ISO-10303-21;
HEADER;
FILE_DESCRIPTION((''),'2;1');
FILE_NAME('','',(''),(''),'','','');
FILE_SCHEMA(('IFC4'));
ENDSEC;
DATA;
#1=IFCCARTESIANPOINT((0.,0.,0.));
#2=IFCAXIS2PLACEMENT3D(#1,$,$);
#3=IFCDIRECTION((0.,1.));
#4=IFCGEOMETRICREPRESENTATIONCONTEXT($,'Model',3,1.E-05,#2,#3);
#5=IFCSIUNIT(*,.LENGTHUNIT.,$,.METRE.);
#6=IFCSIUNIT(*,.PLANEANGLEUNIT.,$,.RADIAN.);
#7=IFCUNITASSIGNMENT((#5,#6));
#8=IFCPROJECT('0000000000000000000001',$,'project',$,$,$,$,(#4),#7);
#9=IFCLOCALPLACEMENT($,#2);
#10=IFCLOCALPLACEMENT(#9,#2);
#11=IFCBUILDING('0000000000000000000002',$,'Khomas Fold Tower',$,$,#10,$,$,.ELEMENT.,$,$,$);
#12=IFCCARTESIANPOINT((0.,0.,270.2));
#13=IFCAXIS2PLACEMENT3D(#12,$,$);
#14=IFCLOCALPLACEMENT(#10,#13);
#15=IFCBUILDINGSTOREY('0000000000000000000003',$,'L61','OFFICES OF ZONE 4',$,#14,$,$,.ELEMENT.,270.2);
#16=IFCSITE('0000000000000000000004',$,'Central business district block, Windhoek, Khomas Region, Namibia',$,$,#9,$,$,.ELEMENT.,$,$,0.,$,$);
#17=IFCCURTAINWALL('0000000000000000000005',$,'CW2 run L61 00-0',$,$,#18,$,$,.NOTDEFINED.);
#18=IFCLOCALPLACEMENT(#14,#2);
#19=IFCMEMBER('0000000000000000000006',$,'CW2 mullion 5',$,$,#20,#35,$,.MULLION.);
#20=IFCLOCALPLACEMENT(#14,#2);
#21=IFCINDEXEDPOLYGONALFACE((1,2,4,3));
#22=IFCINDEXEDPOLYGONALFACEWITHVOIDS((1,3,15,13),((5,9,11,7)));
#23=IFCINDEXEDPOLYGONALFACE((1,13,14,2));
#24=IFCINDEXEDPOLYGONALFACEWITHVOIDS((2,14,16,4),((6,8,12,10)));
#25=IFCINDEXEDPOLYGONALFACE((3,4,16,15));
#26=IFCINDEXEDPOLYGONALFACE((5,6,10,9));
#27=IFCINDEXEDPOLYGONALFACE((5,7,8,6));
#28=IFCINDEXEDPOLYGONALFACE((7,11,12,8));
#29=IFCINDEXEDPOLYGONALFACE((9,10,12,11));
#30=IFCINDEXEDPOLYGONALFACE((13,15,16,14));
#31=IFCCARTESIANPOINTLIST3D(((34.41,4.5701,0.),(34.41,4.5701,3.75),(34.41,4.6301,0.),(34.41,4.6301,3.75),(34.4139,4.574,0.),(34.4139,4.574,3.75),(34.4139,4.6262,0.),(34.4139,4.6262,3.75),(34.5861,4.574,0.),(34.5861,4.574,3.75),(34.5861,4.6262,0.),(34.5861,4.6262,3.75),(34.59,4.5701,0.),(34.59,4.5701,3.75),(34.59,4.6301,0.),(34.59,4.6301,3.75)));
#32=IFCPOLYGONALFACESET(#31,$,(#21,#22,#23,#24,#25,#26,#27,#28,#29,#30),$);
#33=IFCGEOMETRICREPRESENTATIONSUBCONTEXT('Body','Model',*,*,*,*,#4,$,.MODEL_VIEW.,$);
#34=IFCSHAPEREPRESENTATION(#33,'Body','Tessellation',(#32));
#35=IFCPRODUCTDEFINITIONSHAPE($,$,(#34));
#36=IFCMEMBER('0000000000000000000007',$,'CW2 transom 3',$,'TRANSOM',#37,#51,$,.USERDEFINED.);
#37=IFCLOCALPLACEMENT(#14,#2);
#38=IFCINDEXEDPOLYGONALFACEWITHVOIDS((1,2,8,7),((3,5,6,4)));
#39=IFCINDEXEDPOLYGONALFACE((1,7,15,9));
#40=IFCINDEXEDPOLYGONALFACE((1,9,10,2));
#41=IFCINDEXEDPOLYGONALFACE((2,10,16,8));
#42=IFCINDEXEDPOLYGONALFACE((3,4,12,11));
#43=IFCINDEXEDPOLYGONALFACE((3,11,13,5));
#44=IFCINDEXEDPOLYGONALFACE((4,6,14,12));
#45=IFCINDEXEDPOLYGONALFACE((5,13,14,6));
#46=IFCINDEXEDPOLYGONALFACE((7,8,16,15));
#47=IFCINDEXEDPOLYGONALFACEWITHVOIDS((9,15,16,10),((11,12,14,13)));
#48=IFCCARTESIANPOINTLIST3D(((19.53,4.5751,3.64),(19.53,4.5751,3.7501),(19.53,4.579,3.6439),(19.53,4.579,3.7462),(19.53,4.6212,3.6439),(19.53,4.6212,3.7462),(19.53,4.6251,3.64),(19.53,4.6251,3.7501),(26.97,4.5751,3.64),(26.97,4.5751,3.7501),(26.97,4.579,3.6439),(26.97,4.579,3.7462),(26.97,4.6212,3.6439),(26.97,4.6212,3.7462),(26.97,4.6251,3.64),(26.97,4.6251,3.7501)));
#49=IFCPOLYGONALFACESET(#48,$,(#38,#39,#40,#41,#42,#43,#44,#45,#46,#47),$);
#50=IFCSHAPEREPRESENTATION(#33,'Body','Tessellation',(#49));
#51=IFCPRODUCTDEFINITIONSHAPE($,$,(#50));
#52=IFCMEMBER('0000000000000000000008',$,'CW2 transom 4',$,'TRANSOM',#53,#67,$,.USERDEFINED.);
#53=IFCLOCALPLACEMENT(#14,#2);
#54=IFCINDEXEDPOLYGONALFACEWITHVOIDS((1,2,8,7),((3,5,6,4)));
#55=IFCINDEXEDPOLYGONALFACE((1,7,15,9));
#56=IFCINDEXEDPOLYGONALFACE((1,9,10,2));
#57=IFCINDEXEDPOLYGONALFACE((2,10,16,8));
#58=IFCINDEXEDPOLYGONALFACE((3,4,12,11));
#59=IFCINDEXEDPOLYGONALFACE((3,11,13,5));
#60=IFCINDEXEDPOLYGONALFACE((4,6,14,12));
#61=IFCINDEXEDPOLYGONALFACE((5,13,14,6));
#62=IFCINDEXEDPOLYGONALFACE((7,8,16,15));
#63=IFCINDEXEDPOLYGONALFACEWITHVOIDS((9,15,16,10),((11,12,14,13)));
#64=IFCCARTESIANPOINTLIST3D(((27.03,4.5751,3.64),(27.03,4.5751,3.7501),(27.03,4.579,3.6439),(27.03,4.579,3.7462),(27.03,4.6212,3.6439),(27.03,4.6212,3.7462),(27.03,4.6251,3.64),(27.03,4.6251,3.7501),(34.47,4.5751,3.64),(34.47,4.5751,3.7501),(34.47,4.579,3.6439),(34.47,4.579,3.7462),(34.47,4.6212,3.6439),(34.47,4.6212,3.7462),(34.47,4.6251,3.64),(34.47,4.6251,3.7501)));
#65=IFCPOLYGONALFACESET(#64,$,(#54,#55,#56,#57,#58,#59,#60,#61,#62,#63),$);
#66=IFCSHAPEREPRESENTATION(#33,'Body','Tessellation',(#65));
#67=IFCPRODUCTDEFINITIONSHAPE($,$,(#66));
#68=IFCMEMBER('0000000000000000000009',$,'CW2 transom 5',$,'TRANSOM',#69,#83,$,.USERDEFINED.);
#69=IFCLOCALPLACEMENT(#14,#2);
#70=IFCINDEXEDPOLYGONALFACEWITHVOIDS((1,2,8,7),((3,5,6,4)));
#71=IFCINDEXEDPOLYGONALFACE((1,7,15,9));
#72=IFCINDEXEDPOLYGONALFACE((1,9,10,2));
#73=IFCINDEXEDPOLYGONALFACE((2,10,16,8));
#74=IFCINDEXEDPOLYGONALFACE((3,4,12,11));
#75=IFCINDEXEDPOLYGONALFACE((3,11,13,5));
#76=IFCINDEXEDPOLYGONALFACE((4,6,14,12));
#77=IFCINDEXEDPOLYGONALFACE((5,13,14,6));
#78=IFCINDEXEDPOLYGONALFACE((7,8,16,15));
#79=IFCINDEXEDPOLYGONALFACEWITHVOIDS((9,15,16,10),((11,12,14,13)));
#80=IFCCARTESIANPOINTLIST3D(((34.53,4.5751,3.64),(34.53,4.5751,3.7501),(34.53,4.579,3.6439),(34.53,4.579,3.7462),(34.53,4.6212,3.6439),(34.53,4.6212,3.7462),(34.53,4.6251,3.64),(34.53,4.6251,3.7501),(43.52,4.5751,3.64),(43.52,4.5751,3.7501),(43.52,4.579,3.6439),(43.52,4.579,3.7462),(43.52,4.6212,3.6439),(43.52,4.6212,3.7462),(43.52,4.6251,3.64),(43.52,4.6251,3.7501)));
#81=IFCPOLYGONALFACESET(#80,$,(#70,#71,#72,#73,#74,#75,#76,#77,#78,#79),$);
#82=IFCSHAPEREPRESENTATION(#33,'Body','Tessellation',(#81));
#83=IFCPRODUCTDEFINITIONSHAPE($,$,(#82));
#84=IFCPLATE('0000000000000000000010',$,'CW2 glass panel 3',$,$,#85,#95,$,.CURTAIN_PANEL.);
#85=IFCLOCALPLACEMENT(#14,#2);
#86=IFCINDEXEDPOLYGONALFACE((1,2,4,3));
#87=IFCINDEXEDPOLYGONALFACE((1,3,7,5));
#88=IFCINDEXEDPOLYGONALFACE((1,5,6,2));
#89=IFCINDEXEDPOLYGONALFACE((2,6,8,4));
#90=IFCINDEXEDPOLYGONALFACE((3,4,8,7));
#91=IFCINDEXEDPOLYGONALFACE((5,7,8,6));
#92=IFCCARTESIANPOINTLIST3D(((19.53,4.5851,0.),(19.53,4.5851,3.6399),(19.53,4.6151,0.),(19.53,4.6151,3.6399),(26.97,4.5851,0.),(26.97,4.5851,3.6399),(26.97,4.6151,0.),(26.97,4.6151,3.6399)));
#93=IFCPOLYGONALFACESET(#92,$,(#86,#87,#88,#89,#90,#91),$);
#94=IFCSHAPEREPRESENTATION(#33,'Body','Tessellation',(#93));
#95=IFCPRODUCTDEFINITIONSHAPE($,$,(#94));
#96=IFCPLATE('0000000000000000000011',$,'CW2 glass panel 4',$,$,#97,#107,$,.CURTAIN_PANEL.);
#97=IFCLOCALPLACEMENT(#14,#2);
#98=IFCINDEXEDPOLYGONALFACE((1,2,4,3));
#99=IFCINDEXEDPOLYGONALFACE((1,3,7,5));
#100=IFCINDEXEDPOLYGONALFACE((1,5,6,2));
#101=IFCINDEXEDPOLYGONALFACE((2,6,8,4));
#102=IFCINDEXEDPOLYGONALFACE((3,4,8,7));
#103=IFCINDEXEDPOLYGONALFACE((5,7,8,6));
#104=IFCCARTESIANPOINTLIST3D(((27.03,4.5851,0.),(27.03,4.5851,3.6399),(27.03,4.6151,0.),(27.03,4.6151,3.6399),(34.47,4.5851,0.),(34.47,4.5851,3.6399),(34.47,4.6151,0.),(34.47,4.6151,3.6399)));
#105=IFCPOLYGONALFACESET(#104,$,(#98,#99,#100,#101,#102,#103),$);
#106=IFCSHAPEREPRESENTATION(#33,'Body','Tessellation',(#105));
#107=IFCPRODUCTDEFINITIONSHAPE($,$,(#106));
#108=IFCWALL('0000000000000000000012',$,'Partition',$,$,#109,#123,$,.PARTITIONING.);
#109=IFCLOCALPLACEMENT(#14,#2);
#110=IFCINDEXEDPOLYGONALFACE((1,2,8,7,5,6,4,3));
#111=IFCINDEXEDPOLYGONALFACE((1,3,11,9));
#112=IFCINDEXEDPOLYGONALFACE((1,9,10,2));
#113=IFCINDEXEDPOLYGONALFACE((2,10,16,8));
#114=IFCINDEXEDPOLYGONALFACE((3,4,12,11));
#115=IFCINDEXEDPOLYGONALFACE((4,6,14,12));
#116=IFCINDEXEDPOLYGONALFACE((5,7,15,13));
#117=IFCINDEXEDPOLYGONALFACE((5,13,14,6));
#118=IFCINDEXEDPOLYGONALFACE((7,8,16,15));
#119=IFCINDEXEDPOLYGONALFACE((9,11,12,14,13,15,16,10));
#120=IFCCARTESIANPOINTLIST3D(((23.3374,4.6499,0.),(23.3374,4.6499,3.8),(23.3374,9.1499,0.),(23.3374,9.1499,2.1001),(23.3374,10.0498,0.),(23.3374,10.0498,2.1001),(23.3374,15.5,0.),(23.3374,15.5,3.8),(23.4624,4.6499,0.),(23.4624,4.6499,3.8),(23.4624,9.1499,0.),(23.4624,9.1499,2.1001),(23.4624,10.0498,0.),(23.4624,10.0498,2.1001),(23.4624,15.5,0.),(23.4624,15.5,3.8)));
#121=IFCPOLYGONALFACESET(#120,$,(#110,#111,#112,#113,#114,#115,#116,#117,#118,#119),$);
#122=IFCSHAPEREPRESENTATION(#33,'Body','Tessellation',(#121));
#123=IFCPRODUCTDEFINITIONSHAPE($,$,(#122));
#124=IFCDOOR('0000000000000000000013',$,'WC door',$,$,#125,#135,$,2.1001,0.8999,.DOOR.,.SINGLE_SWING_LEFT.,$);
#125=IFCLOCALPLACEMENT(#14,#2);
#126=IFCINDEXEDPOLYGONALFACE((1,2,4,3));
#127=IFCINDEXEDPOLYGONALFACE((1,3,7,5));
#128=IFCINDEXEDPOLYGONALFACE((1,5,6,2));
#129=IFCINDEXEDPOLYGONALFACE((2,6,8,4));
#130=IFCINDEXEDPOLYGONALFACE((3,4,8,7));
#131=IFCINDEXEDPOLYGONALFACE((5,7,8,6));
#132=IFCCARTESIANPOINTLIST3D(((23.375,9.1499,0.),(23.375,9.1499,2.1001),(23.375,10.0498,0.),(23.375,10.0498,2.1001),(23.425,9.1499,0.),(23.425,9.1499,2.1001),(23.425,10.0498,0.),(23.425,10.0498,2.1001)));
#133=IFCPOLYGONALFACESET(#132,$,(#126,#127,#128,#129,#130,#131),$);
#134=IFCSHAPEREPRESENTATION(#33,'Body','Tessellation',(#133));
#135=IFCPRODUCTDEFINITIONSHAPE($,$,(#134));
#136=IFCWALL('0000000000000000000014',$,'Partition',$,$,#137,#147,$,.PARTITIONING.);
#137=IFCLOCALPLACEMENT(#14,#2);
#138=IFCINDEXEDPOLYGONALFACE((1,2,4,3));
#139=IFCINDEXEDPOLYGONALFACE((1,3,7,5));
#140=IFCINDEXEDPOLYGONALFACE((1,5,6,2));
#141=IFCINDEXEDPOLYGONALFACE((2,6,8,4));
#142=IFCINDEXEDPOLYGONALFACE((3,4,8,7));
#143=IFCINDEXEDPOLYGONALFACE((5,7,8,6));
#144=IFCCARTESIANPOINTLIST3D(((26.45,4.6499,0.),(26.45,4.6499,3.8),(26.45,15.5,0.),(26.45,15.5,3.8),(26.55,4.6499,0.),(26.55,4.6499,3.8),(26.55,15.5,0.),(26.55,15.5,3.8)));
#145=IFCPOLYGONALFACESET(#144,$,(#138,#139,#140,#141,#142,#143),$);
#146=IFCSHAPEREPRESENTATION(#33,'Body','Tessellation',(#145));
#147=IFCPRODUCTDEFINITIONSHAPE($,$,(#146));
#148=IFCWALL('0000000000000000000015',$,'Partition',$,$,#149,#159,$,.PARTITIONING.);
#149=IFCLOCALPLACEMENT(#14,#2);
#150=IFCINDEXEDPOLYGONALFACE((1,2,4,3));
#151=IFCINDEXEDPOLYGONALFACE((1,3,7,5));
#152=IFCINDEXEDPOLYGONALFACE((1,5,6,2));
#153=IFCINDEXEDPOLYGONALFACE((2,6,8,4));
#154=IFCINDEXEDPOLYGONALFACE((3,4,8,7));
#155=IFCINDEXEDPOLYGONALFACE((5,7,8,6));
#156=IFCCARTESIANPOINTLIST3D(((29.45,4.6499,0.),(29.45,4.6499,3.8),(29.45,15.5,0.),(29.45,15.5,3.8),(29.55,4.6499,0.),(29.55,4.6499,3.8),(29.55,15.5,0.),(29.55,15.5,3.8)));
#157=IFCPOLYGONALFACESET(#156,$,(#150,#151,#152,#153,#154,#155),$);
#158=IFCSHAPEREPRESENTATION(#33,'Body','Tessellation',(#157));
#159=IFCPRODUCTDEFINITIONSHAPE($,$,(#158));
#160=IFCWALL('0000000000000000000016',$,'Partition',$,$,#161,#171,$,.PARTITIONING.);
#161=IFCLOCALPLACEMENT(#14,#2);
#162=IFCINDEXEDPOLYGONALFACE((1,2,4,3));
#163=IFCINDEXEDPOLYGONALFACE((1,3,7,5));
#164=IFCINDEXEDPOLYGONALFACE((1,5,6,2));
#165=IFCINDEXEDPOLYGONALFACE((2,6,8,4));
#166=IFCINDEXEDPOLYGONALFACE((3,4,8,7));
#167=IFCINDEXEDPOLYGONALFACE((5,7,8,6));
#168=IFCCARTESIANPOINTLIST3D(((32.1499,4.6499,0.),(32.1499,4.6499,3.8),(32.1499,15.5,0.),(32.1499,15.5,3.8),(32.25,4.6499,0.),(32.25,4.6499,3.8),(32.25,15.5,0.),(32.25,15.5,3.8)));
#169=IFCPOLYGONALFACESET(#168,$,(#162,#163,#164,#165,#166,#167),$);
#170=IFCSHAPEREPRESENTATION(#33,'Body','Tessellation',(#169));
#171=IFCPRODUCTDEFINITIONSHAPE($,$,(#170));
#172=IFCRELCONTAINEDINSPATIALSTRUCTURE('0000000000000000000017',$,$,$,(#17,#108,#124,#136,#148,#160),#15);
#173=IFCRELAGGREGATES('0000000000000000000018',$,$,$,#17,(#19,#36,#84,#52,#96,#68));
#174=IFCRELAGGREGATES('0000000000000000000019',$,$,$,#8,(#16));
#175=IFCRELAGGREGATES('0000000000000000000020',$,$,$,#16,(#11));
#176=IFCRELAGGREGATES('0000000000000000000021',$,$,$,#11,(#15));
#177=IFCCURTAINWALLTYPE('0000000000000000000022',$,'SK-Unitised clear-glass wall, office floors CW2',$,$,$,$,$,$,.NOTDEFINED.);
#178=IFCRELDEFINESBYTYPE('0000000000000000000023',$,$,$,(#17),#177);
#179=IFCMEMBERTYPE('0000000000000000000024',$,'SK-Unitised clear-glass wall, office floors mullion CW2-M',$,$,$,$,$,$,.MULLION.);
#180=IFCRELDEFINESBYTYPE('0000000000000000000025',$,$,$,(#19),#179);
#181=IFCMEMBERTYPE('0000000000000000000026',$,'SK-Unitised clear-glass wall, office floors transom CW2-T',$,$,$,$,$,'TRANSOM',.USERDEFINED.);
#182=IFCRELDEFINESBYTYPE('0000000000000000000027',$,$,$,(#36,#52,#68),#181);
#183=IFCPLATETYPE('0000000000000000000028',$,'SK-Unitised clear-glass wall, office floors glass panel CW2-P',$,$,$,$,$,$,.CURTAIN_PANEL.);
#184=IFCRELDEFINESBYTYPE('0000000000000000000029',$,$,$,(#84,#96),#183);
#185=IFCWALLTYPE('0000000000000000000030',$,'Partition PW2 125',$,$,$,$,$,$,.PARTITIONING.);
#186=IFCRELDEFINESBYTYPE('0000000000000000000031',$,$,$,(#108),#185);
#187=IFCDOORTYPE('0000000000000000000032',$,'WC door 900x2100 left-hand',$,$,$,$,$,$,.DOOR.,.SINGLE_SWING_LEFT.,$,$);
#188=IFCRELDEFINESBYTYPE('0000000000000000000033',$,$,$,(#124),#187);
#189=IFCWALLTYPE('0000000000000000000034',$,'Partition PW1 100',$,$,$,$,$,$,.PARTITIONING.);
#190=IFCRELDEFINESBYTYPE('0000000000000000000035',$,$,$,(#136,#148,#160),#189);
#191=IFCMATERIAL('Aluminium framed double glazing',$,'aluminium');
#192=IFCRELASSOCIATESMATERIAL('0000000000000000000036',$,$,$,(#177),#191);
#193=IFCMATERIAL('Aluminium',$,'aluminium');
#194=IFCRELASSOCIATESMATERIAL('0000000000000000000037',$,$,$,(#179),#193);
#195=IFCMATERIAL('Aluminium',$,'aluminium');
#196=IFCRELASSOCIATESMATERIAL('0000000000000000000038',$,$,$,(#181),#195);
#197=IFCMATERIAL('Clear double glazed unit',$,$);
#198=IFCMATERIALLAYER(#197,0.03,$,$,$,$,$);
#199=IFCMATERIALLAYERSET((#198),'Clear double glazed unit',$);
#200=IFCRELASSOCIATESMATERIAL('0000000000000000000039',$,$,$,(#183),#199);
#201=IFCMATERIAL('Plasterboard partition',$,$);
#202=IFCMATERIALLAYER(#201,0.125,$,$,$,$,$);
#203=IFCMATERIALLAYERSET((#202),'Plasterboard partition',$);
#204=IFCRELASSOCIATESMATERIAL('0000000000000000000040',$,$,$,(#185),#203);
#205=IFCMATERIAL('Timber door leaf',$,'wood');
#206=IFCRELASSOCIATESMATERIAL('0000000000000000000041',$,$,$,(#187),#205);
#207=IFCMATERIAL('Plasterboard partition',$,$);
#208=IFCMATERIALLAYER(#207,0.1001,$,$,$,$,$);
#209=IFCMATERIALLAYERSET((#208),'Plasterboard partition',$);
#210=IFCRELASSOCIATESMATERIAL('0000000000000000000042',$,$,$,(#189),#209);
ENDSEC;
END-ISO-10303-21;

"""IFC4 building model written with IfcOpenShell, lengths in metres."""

from ifc_helpers import new_model, si_unit, direction, frame, frame_2d, origin, origin_2d, place, context, subcontext, project, spatial, rectangle, hollow_rectangle, extrude, source, transform, mapped, material, layer, layer_set, material_profile, profile_set, type_object, element, fill, aggregate, save


model = new_model("IFC4")

# Units and contexts
model_context = context("Model", 3, precision=1e-05, world=origin(), true_north=direction((0.0, 1.0)))
body_context = subcontext(model_context, "Body", "Model", "MODEL_VIEW")
ifc_project = project(units=[si_unit("LENGTHUNIT", "METRE"), si_unit("PLANEANGLEUNIT", "RADIAN")], contexts=[model_context])

# Site, building, storey
site_placement = place(None, origin())
site = spatial("IfcSite", under=ifc_project, at=site_placement, Name="Central business district block, Windhoek, Khomas Region, Namibia", CompositionType="ELEMENT", RefElevation=0.0)
building_placement = place(site_placement, origin())
building = spatial("IfcBuilding", under=site, at=building_placement, Name="Khomas Fold Tower", CompositionType="ELEMENT")
storey_placement = place(building_placement, frame((0.0, 0.0, 270.2)))
storey = spatial("IfcBuildingStorey", under=building, at=storey_placement, Name="L61", Description="OFFICES OF ZONE 4", CompositionType="ELEMENT", Elevation=270.2)

# Curtain wall, members, plates
ifc_material_1 = material(Name="Aluminium framed double glazing", Category="aluminium")
curtain_wall_type = type_object("IfcCurtainWallType", Name="SK-Unitised clear-glass wall, office floors CW2", PredefinedType="NOTDEFINED", material=ifc_material_1)
curtain_wall_placement = place(storey_placement, origin())
curtain_wall = element("IfcCurtainWall", 1, at=curtain_wall_placement, inside=storey, type_object=curtain_wall_type, Name="CW2 run L61 00-0", PredefinedType="NOTDEFINED")
ifc_material_2 = material(Name="Aluminium", Category="aluminium")
ifc_material_profile_1 = material_profile(ifc_material_2, hollow_rectangle(XDim=0.0601, YDim=0.1799, WallThickness=0.0039, at=origin_2d()), Name="SK-Unitised clear-glass wall, office floors mullion CW2-M")
ifc_profile_set_1 = profile_set([ifc_material_profile_1], Name="Aluminium")
member_type_1 = type_object("IfcMemberType", Name="SK-Unitised clear-glass wall, office floors mullion CW2-M", PredefinedType="MULLION", material=ifc_profile_set_1)
shared_shape_1 = source(origin(), body_context, "Body", "SweptSolid", [
    extrude(hollow_rectangle(XDim=0.0601, YDim=0.1799, WallThickness=0.0039, at=origin_2d()), origin(), (0.0, 0.0, 1.0), 3.75),
])
member_1_placement = place(storey_placement, frame((34.5, 4.6001, 0.0), z_axis=(0.0, 0.0, 1.0), x_axis=(0.0, 1.0, 0.0)))
member_1 = element("IfcMember", 2, at=member_1_placement, type_object=member_type_1, Name="CW2 mullion 5", PredefinedType="MULLION", context=body_context, shape_type="MappedRepresentation", body=[
    mapped(shared_shape_1, transform((0.0, 0.0, 0.0))),
])
ifc_material_3 = material(Name="Aluminium", Category="aluminium")
ifc_material_profile_2 = material_profile(ifc_material_3, hollow_rectangle(XDim=0.05, YDim=0.1101, WallThickness=0.0039, at=origin_2d()), Name="SK-Unitised clear-glass wall, office floors transom CW2-T")
ifc_profile_set_2 = profile_set([ifc_material_profile_2], Name="Aluminium")
member_type_2 = type_object("IfcMemberType", Name="SK-Unitised clear-glass wall, office floors transom CW2-T", ElementType="TRANSOM", PredefinedType="USERDEFINED", material=ifc_profile_set_2)
shared_shape_2 = source(origin(), body_context, "Body", "SweptSolid", [
    extrude(hollow_rectangle(XDim=0.05, YDim=0.1101, WallThickness=0.0039, at=origin_2d()), origin(), (0.0, 0.0, 1.0), 7.4399),
])
member_2_placement = place(storey_placement, frame((19.53, 4.6001, 3.6951), z_axis=(1.0, 0.0, 0.0), x_axis=(0.0, 1.0, 0.0)))
member_2 = element("IfcMember", 3, at=member_2_placement, type_object=member_type_2, Name="CW2 transom 3", ObjectType="TRANSOM", PredefinedType="USERDEFINED", context=body_context, shape_type="MappedRepresentation", body=[
    mapped(shared_shape_2, transform((0.0, 0.0, 0.0))),
])
member_3_placement = place(storey_placement, frame((27.03, 4.6001, 3.6951), z_axis=(1.0, 0.0, 0.0), x_axis=(0.0, 1.0, 0.0)))
member_3 = element("IfcMember", 4, at=member_3_placement, type_object=member_type_2, Name="CW2 transom 4", ObjectType="TRANSOM", PredefinedType="USERDEFINED", context=body_context, shape_type="MappedRepresentation", body=[
    mapped(shared_shape_2, transform((0.0, 0.0, 0.0))),
])
shared_shape_3 = source(origin(), body_context, "Body", "SweptSolid", [
    extrude(hollow_rectangle(XDim=0.05, YDim=0.1101, WallThickness=0.0039, at=origin_2d()), origin(), (0.0, 0.0, 1.0), 8.99),
])
member_4_placement = place(storey_placement, frame((34.53, 4.6001, 3.6951), z_axis=(1.0, 0.0, 0.0), x_axis=(0.0, 1.0, 0.0)))
member_4 = element("IfcMember", 5, at=member_4_placement, type_object=member_type_2, Name="CW2 transom 5", ObjectType="TRANSOM", PredefinedType="USERDEFINED", context=body_context, shape_type="MappedRepresentation", body=[
    mapped(shared_shape_3, transform((0.0, 0.0, 0.0))),
])
ifc_material_4 = material(Name="Clear double glazed unit")
ifc_layer_1 = layer(ifc_material_4, 0.03)
ifc_layer_set_1 = layer_set([ifc_layer_1], Name="Clear double glazed unit")
plate_type = type_object("IfcPlateType", Name="SK-Unitised clear-glass wall, office floors glass panel CW2-P", PredefinedType="CURTAIN_PANEL", material=ifc_layer_set_1)
shared_shape_4 = source(origin(), body_context, "Body", "SweptSolid", [
    extrude(rectangle(XDim=7.4399, YDim=0.03, at=origin_2d()), origin(), (0.0, 0.0, 1.0), 3.6399),
])
plate_1_placement = place(storey_placement, frame((23.25, 4.6001, 0.0), z_axis=(0.0, 0.0, 1.0), x_axis=(1.0, 0.0, 0.0)))
plate_1 = element("IfcPlate", 6, at=plate_1_placement, type_object=plate_type, Name="CW2 glass panel 3", PredefinedType="CURTAIN_PANEL", context=body_context, shape_type="MappedRepresentation", body=[
    mapped(shared_shape_4, transform((0.0, 0.0, 0.0))),
])
plate_2_placement = place(storey_placement, frame((30.75, 4.6001, 0.0), z_axis=(0.0, 0.0, 1.0), x_axis=(1.0, 0.0, 0.0)))
plate_2 = element("IfcPlate", 7, at=plate_2_placement, type_object=plate_type, Name="CW2 glass panel 4", PredefinedType="CURTAIN_PANEL", context=body_context, shape_type="MappedRepresentation", body=[
    mapped(shared_shape_4, transform((0.0, 0.0, 0.0))),
])
aggregate(curtain_wall, [member_1, member_2, plate_1, member_3, plate_2, member_4])

# Wall, opening, door
ifc_material_5 = material(Name="Plasterboard partition")
ifc_layer_2 = layer(ifc_material_5, 0.125)
ifc_layer_set_2 = layer_set([ifc_layer_2], Name="Plasterboard partition")
wall_type_1 = type_object("IfcWallType", Name="Partition PW2 125", PredefinedType="PARTITIONING", material=ifc_layer_set_2)
shared_shape_5 = source(origin(), body_context, "Body", "SweptSolid", [
    extrude(rectangle(XDim=10.8501, YDim=0.125, at=frame_2d((5.425, 0.0))), origin(), (0.0, 0.0, 1.0), 3.8),
])
wall_placement = place(storey_placement, frame((23.3999, 4.6499, 0.0), z_axis=(0.0, 0.0, 1.0), x_axis=(0.0, 1.0, 0.0)))
wall = element("IfcWall", 8, at=wall_placement, inside=storey, type_object=wall_type_1, Name="Partition", PredefinedType="PARTITIONING", context=body_context, shape_type="MappedRepresentation", body=[
    mapped(shared_shape_5, transform((0.0, 0.0, 0.0))),
])
shared_shape_6 = source(origin(), body_context, "Body", "SweptSolid", [
    extrude(rectangle(XDim=0.8999, YDim=2.1001, at=frame_2d((0.45, 1.05))), frame((0.0, 0.0725, 0.0), z_axis=(0.0, -1.0, 0.0), x_axis=(1.0, 0.0, 0.0)), (0.0, 0.0, 1.0), 0.145),
])
opening_placement = place(wall_placement, frame((4.5, 0.0, 0.0)))
opening = element("IfcOpeningElement", 9, at=opening_placement, cuts=wall, PredefinedType="OPENING", context=body_context, shape_type="MappedRepresentation", body=[
    mapped(shared_shape_6, transform((0.0, 0.0, 0.0))),
])
ifc_material_6 = material(Name="Timber door leaf", Category="wood")
door_type = type_object("IfcDoorType", Name="WC door 900x2100 left-hand", OperationType="SINGLE_SWING_LEFT", PredefinedType="DOOR", material=ifc_material_6)
shared_shape_7 = source(origin(), body_context, "Body", "SweptSolid", [
    extrude(rectangle(XDim=0.8999, YDim=2.1001, at=frame_2d((0.45, 1.05))), frame((0.0, 0.0249, 0.0), z_axis=(0.0, -1.0, 0.0), x_axis=(1.0, 0.0, 0.0)), (0.0, 0.0, 1.0), 0.05),
])
door_placement = place(opening_placement, origin())
door = element("IfcDoor", 10, at=door_placement, inside=storey, type_object=door_type, Name="WC door", OperationType="SINGLE_SWING_LEFT", OverallHeight=2.1001, OverallWidth=0.8999, PredefinedType="DOOR", context=body_context, shape_type="MappedRepresentation", body=[
    mapped(shared_shape_7, transform((0.0, 0.0, 0.0))),
])
fill(opening, door)

# Walls
ifc_material_7 = material(Name="Plasterboard partition")
ifc_layer_3 = layer(ifc_material_7, 0.1001)
ifc_layer_set_3 = layer_set([ifc_layer_3], Name="Plasterboard partition")
wall_type_2 = type_object("IfcWallType", Name="Partition PW1 100", PredefinedType="PARTITIONING", material=ifc_layer_set_3)
shared_shape_8 = source(origin(), body_context, "Body", "SweptSolid", [
    extrude(rectangle(XDim=10.8501, YDim=0.1001, at=frame_2d((5.425, 0.0))), origin(), (0.0, 0.0, 1.0), 3.8),
])
for number, where, z_axis, x_axis, name in (
    (11, (26.5, 4.6499, 0.0), (0.0, 0.0, 1.0), (0.0, 1.0, 0.0), "Partition"),
    (12, (29.5, 4.6499, 0.0), (0.0, 0.0, 1.0), (0.0, 1.0, 0.0), "Partition"),
    (13, (32.2, 4.6499, 0.0), (0.0, 0.0, 1.0), (0.0, 1.0, 0.0), "Partition"),
):
    element("IfcWall", number, at=place(storey_placement, frame(where, z_axis=z_axis, x_axis=x_axis)), inside=storey, type_object=wall_type_2, Name=name, PredefinedType="PARTITIONING", context=body_context, shape_type="MappedRepresentation", body=[
        mapped(shared_shape_8, transform((0.0, 0.0, 0.0))),
    ])

save(model, "model.ifc")
